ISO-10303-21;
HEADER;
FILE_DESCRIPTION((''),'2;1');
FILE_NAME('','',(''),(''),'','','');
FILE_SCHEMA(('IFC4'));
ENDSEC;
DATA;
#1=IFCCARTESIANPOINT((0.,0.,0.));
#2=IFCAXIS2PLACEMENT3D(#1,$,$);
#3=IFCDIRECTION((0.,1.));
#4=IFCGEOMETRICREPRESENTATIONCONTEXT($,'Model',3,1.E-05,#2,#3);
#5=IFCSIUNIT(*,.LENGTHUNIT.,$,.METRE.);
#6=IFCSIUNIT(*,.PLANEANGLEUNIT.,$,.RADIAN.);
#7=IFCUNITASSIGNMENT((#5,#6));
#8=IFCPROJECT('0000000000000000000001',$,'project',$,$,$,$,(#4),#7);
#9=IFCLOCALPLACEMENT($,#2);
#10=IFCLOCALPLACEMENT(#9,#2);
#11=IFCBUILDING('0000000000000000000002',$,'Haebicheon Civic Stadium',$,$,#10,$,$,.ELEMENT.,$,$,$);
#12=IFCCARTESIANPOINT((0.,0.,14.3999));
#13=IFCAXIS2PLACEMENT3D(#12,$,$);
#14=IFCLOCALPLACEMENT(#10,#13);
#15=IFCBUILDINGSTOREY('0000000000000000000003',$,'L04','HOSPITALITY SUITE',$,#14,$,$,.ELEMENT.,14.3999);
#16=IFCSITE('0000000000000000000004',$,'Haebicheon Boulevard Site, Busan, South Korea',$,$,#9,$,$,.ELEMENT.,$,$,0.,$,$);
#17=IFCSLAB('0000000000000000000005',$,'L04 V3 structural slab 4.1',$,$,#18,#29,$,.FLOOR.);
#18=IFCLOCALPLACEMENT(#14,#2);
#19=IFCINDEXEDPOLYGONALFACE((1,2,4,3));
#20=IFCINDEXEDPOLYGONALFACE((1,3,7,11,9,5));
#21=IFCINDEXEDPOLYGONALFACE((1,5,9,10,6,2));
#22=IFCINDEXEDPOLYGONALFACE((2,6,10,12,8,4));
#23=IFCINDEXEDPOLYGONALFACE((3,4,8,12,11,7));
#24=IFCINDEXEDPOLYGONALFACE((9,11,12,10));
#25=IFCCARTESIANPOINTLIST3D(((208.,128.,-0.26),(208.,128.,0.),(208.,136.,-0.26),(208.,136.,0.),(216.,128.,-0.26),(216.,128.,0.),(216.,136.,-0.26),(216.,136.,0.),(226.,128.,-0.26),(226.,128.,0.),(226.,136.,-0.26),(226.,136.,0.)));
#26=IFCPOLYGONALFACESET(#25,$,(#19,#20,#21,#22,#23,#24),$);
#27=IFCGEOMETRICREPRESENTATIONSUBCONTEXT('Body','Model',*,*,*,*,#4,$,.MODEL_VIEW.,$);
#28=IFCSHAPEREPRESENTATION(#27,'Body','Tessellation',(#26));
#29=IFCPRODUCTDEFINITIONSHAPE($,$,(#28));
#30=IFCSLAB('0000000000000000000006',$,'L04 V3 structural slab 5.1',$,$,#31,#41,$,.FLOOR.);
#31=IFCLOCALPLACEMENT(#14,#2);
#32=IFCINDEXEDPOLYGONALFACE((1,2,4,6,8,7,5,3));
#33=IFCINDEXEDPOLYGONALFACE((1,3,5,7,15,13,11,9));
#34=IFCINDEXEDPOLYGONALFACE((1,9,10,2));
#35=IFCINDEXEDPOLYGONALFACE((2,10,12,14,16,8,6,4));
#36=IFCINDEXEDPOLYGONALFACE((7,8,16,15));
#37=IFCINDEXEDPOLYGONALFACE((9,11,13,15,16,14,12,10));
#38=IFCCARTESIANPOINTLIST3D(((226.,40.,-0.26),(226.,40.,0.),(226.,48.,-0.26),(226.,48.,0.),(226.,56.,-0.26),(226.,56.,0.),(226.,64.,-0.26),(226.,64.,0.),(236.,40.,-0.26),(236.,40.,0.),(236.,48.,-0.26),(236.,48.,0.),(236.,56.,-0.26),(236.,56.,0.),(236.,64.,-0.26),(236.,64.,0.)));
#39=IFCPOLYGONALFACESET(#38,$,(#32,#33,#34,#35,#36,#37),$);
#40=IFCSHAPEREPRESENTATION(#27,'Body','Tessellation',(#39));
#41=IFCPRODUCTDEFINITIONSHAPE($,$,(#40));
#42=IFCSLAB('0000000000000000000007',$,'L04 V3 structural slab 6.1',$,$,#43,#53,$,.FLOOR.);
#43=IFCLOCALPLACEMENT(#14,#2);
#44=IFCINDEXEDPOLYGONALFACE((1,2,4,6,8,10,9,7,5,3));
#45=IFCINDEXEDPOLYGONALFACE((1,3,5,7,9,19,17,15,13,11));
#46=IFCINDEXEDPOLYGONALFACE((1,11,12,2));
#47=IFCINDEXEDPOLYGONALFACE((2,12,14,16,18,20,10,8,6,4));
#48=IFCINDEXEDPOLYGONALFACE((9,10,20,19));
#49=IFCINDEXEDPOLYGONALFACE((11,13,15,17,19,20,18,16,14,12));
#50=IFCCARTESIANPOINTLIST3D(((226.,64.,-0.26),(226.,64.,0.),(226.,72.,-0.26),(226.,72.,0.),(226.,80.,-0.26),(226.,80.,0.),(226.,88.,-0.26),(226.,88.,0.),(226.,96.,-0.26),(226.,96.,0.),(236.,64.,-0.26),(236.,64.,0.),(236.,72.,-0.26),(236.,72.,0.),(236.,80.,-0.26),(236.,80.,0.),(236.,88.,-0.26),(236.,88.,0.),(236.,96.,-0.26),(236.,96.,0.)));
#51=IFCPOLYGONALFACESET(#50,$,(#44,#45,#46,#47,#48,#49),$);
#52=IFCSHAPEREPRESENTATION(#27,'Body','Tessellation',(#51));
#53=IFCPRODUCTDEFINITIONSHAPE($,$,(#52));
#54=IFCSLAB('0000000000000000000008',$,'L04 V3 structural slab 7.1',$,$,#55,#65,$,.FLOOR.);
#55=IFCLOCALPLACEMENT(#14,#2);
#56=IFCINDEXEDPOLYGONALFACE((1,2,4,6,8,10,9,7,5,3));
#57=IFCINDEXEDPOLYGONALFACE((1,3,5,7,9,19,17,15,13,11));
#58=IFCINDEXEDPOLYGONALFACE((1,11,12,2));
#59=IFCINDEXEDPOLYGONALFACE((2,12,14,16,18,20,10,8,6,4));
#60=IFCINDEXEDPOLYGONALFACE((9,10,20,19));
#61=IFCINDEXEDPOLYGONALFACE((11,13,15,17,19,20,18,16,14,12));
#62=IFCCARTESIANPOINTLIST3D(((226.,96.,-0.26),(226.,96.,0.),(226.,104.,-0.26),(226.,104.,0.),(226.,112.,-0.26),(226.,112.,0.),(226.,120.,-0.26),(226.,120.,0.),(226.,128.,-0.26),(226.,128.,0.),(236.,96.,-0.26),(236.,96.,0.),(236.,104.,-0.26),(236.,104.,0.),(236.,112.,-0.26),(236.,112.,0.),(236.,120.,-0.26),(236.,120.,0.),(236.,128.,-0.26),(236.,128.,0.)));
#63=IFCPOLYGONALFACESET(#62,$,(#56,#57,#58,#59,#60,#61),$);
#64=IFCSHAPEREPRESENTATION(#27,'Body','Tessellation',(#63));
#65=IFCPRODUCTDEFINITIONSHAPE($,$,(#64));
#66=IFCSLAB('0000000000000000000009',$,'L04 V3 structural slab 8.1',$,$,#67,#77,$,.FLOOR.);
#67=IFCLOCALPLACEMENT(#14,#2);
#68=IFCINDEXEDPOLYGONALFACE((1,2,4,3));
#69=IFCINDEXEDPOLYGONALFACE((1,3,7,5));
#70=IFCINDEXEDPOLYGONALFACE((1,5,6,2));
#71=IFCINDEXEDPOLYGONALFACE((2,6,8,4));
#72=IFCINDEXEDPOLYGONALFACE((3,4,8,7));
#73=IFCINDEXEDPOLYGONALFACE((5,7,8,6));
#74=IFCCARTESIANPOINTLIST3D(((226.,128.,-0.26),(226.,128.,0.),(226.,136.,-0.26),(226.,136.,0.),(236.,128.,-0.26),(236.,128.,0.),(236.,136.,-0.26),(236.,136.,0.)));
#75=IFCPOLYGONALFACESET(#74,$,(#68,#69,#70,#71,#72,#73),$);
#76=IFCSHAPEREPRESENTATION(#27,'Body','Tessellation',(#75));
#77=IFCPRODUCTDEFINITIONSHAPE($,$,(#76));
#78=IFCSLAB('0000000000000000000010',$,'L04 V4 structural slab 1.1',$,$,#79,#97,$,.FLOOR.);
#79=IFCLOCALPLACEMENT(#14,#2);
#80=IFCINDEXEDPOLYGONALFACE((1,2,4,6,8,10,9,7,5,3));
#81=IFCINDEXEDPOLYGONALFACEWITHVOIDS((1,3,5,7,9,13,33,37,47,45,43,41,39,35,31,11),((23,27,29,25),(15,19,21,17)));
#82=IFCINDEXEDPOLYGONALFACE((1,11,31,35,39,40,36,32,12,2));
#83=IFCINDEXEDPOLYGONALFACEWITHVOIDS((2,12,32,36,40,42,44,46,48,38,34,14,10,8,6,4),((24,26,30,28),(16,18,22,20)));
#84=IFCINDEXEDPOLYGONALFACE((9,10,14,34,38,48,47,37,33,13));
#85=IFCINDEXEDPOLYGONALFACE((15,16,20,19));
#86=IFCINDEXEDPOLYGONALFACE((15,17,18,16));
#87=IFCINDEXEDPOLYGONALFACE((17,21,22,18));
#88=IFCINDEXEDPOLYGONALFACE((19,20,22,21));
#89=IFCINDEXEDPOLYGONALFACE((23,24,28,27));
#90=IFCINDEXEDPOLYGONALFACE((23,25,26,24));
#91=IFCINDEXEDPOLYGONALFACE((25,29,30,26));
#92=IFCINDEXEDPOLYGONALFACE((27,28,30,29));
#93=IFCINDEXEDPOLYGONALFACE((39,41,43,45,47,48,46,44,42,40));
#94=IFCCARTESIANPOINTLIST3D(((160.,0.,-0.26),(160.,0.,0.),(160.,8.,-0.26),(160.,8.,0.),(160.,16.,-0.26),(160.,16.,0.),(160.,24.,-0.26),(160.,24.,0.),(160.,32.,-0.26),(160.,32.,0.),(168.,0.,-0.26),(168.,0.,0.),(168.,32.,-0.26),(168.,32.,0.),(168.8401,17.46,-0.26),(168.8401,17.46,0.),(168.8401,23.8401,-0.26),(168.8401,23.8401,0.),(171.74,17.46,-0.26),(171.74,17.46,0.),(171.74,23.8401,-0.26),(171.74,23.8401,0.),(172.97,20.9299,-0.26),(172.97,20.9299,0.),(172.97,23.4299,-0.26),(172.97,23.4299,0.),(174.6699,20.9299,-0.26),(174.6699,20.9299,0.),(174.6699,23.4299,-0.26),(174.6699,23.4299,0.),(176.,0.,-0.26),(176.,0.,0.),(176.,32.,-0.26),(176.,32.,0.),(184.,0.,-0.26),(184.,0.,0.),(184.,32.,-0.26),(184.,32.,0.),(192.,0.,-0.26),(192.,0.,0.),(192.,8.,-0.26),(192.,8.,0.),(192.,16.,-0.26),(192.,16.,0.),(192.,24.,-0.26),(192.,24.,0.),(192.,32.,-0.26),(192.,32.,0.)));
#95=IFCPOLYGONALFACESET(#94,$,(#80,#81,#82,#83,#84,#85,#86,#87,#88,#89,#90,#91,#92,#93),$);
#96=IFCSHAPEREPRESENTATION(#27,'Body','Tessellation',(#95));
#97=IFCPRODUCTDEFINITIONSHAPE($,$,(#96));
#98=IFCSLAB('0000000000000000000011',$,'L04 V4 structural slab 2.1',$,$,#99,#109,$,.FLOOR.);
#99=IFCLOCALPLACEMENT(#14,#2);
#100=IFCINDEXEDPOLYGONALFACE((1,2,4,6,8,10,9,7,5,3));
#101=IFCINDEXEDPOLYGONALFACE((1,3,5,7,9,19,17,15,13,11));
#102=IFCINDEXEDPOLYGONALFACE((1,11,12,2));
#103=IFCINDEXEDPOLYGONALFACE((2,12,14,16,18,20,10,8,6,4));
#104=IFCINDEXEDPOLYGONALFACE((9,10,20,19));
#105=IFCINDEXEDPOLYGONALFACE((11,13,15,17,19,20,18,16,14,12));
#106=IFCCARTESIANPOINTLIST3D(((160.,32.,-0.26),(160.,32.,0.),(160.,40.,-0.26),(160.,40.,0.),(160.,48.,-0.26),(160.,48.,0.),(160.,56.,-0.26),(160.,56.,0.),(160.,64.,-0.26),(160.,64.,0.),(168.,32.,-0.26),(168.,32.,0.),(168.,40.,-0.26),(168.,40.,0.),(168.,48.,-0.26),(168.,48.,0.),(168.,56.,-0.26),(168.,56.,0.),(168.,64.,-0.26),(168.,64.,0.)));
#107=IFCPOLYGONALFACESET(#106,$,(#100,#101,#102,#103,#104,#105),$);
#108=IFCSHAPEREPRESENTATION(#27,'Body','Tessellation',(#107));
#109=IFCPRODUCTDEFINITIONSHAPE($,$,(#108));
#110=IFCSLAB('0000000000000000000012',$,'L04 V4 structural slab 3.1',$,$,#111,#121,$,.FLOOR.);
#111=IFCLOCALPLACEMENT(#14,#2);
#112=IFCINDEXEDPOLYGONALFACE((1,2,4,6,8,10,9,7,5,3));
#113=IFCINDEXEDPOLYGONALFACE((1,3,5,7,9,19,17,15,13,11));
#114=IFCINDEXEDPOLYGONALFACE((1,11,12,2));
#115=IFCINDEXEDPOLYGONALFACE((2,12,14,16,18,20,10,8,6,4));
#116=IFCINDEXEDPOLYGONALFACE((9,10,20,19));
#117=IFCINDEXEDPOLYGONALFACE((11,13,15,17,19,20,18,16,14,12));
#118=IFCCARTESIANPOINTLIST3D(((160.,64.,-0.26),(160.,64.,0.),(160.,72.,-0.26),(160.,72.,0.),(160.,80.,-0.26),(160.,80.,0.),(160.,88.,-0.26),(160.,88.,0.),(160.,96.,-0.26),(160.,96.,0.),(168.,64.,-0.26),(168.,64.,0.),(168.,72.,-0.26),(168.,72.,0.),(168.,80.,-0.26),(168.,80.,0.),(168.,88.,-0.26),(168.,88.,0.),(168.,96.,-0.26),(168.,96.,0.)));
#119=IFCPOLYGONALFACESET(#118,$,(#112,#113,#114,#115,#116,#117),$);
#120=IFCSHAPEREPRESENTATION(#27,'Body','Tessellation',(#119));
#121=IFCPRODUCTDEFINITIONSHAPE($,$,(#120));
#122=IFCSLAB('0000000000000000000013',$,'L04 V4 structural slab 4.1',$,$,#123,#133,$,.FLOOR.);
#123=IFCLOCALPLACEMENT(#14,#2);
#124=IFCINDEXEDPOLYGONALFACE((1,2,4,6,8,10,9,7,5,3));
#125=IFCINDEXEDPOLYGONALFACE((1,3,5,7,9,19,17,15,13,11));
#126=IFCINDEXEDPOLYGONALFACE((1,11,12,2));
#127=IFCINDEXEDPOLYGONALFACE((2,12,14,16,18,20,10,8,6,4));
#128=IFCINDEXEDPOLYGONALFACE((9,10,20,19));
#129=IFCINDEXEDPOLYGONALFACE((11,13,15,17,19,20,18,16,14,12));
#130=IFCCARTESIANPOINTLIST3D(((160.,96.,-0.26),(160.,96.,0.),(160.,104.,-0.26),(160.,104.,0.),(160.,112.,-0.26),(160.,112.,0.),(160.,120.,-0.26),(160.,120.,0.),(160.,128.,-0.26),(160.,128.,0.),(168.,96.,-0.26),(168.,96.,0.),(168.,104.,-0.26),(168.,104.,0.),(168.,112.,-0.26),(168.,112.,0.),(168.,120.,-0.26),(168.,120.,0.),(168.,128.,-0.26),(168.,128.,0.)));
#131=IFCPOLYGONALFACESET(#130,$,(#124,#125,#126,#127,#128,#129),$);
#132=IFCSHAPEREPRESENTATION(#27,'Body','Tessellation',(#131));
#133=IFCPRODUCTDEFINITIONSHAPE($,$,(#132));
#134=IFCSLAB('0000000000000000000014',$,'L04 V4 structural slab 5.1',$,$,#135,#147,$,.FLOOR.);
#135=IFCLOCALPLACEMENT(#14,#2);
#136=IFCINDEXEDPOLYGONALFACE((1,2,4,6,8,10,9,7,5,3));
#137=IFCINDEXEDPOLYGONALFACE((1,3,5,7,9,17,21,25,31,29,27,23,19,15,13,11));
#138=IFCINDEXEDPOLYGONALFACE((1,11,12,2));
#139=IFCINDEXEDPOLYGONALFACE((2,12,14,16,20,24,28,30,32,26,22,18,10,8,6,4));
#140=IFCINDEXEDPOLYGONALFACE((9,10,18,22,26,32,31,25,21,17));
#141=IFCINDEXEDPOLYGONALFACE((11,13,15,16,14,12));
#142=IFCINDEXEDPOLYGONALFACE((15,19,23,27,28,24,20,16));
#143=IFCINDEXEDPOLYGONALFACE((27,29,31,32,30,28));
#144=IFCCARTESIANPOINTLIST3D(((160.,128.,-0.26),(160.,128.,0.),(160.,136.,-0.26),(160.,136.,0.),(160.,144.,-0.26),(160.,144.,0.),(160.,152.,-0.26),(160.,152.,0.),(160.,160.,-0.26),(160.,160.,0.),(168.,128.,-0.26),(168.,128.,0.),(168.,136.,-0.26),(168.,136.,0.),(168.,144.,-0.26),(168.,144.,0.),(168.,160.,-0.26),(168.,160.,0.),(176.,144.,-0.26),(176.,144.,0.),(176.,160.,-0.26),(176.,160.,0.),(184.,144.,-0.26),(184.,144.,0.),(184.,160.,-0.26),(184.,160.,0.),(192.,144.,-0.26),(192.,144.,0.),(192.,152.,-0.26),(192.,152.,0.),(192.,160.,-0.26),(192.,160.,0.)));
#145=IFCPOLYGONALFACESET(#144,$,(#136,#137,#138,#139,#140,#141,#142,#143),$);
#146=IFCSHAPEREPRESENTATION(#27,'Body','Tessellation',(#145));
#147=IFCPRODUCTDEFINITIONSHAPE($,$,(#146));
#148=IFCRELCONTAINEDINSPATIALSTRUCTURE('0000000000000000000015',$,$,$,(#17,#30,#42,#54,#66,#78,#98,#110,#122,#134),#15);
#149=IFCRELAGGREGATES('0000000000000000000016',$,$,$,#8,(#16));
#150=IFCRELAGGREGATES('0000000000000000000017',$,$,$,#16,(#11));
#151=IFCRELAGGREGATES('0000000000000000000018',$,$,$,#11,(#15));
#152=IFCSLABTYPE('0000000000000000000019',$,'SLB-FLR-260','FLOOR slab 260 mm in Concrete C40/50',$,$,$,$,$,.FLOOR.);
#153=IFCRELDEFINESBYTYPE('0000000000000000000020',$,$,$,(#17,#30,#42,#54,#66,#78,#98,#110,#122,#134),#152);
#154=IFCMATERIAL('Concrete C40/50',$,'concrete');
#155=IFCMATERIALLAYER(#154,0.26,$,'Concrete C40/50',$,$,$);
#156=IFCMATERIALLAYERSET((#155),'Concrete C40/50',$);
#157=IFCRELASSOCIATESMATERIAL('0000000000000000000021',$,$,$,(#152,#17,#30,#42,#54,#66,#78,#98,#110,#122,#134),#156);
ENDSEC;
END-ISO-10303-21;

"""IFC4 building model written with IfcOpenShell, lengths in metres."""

from ifc_helpers import new_model, si_unit, direction, frame, origin, place, context, subcontext, project, spatial, polyline, outline, extrude, material, layer, layer_set, type_object, element, save


model = new_model("IFC4")

# Units and contexts
model_context = context("Model", 3, precision=1e-05, world=origin(), true_north=direction((0.0, 1.0)))
body_context = subcontext(model_context, "Body", "Model", "MODEL_VIEW")
ifc_project = project(units=[si_unit("LENGTHUNIT", "METRE"), si_unit("PLANEANGLEUNIT", "RADIAN")], contexts=[model_context])

# Site, building, storey
site_placement = place(None, origin())
site = spatial("IfcSite", under=ifc_project, at=site_placement, Name="Haebicheon Boulevard Site, Busan, South Korea", CompositionType="ELEMENT", RefElevation=0.0)
building_placement = place(site_placement, origin())
building = spatial("IfcBuilding", under=site, at=building_placement, Name="Haebicheon Civic Stadium", CompositionType="ELEMENT")
storey_placement = place(building_placement, frame((0.0, 0.0, 14.3999)))
storey = spatial("IfcBuildingStorey", under=building, at=storey_placement, Name="L04", Description="HOSPITALITY SUITE", CompositionType="ELEMENT", Elevation=14.3999)

# Slabs
ifc_material_1 = material(Name="Concrete C40/50", Category="concrete")
ifc_layer_1 = layer(ifc_material_1, 0.26, Name="Concrete C40/50")
ifc_layer_set_1 = layer_set([ifc_layer_1], Name="Concrete C40/50")
slab_type_1 = type_object("IfcSlabType", Name="SLB-FLR-260", Description="FLOOR slab 260 mm in Concrete C40/50", PredefinedType="FLOOR", material=ifc_layer_set_1)
slab_1_placement = place(storey_placement, frame((0.0, 0.0, -0.26)))
element("IfcSlab", 1, at=slab_1_placement, inside=storey, type_object=slab_type_1, material=ifc_layer_set_1, Name="L04 V3 structural slab 4.1", PredefinedType="FLOOR", context=body_context, shape_type="SweptSolid", body=[
    extrude(outline(polyline([(208.0, 128.0), (208.0, 136.0), (216.0, 136.0), (226.0, 136.0), (226.0, 128.0), (216.0, 128.0), (208.0, 128.0)])), origin(), (0.0, 0.0, 1.0), 0.26),
])
slab_2_placement = place(storey_placement, frame((0.0, 0.0, -0.26)))
element("IfcSlab", 2, at=slab_2_placement, inside=storey, type_object=slab_type_1, material=ifc_layer_set_1, Name="L04 V3 structural slab 5.1", PredefinedType="FLOOR", context=body_context, shape_type="SweptSolid", body=[
    extrude(outline(polyline([(236.0, 40.0), (226.0, 40.0), (226.0, 48.0), (226.0, 56.0), (226.0, 64.0), (236.0, 64.0), (236.0, 56.0), (236.0, 48.0), (236.0, 40.0)])), origin(), (0.0, 0.0, 1.0), 0.26),
])
slab_3_placement = place(storey_placement, frame((0.0, 0.0, -0.26)))
element("IfcSlab", 3, at=slab_3_placement, inside=storey, type_object=slab_type_1, material=ifc_layer_set_1, Name="L04 V3 structural slab 6.1", PredefinedType="FLOOR", context=body_context, shape_type="SweptSolid", body=[
    extrude(outline(polyline([(226.0, 64.0), (226.0, 72.0), (226.0, 80.0), (226.0, 88.0), (226.0, 96.0), (236.0, 96.0), (236.0, 88.0), (236.0, 80.0), (236.0, 72.0), (236.0, 64.0), (226.0, 64.0)])), origin(), (0.0, 0.0, 1.0), 0.26),
])
slab_4_placement = place(storey_placement, frame((0.0, 0.0, -0.26)))
element("IfcSlab", 4, at=slab_4_placement, inside=storey, type_object=slab_type_1, material=ifc_layer_set_1, Name="L04 V3 structural slab 7.1", PredefinedType="FLOOR", context=body_context, shape_type="SweptSolid", body=[
    extrude(outline(polyline([(226.0, 96.0), (226.0, 104.0), (226.0, 112.0), (226.0, 120.0), (226.0, 128.0), (236.0, 128.0), (236.0, 120.0), (236.0, 112.0), (236.0, 104.0), (236.0, 96.0), (226.0, 96.0)])), origin(), (0.0, 0.0, 1.0), 0.26),
])
slab_5_placement = place(storey_placement, frame((0.0, 0.0, -0.26)))
element("IfcSlab", 5, at=slab_5_placement, inside=storey, type_object=slab_type_1, material=ifc_layer_set_1, Name="L04 V3 structural slab 8.1", PredefinedType="FLOOR", context=body_context, shape_type="SweptSolid", body=[
    extrude(outline(polyline([(236.0, 128.0), (226.0, 128.0), (226.0, 136.0), (236.0, 136.0), (236.0, 128.0)])), origin(), (0.0, 0.0, 1.0), 0.26),
])
slab_6_placement = place(storey_placement, frame((0.0, 0.0, -0.26)))
element("IfcSlab", 6, at=slab_6_placement, inside=storey, type_object=slab_type_1, material=ifc_layer_set_1, Name="L04 V4 structural slab 1.1", PredefinedType="FLOOR", context=body_context, shape_type="SweptSolid", body=[
    extrude(outline(polyline([(160.0, 24.0), (160.0, 32.0), (168.0, 32.0), (176.0, 32.0), (184.0, 32.0), (192.0, 32.0), (192.0, 24.0), (192.0, 16.0), (192.0, 8.0), (192.0, 0.0), (184.0, 0.0), (176.0, 0.0), (168.0, 0.0), (160.0, 0.0), (160.0, 8.0), (160.0, 16.0), (160.0, 24.0)]), holes=[polyline([(168.8401, 17.46), (171.74, 17.46), (171.74, 23.8401), (168.8401, 23.8401), (168.8401, 17.46)]), polyline([(172.97, 20.9299), (174.6699, 20.9299), (174.6699, 23.4299), (172.97, 23.4299), (172.97, 20.9299)])]), origin(), (0.0, 0.0, 1.0), 0.26),
])
slab_7_placement = place(storey_placement, frame((0.0, 0.0, -0.26)))
element("IfcSlab", 7, at=slab_7_placement, inside=storey, type_object=slab_type_1, material=ifc_layer_set_1, Name="L04 V4 structural slab 2.1", PredefinedType="FLOOR", context=body_context, shape_type="SweptSolid", body=[
    extrude(outline(polyline([(160.0, 32.0), (160.0, 40.0), (160.0, 48.0), (160.0, 56.0), (160.0, 64.0), (168.0, 64.0), (168.0, 56.0), (168.0, 48.0), (168.0, 40.0), (168.0, 32.0), (160.0, 32.0)])), origin(), (0.0, 0.0, 1.0), 0.26),
])
slab_8_placement = place(storey_placement, frame((0.0, 0.0, -0.26)))
element("IfcSlab", 8, at=slab_8_placement, inside=storey, type_object=slab_type_1, material=ifc_layer_set_1, Name="L04 V4 structural slab 3.1", PredefinedType="FLOOR", context=body_context, shape_type="SweptSolid", body=[
    extrude(outline(polyline([(160.0, 64.0), (160.0, 72.0), (160.0, 80.0), (160.0, 88.0), (160.0, 96.0), (168.0, 96.0), (168.0, 88.0), (168.0, 80.0), (168.0, 72.0), (168.0, 64.0), (160.0, 64.0)])), origin(), (0.0, 0.0, 1.0), 0.26),
])
slab_9_placement = place(storey_placement, frame((0.0, 0.0, -0.26)))
element("IfcSlab", 9, at=slab_9_placement, inside=storey, type_object=slab_type_1, material=ifc_layer_set_1, Name="L04 V4 structural slab 4.1", PredefinedType="FLOOR", context=body_context, shape_type="SweptSolid", body=[
    extrude(outline(polyline([(160.0, 96.0), (160.0, 104.0), (160.0, 112.0), (160.0, 120.0), (160.0, 128.0), (168.0, 128.0), (168.0, 120.0), (168.0, 112.0), (168.0, 104.0), (168.0, 96.0), (160.0, 96.0)])), origin(), (0.0, 0.0, 1.0), 0.26),
])
slab_10_placement = place(storey_placement, frame((0.0, 0.0, -0.26)))
element("IfcSlab", 10, at=slab_10_placement, inside=storey, type_object=slab_type_1, material=ifc_layer_set_1, Name="L04 V4 structural slab 5.1", PredefinedType="FLOOR", context=body_context, shape_type="SweptSolid", body=[
    extrude(outline(polyline([(160.0, 136.0), (160.0, 144.0), (160.0, 152.0), (160.0, 160.0), (168.0, 160.0), (176.0, 160.0), (184.0, 160.0), (192.0, 160.0), (192.0, 152.0), (192.0, 144.0), (184.0, 144.0), (176.0, 144.0), (168.0, 144.0), (168.0, 136.0), (168.0, 128.0), (160.0, 128.0), (160.0, 136.0)])), origin(), (0.0, 0.0, 1.0), 0.26),
])

save(model, "model.ifc")
